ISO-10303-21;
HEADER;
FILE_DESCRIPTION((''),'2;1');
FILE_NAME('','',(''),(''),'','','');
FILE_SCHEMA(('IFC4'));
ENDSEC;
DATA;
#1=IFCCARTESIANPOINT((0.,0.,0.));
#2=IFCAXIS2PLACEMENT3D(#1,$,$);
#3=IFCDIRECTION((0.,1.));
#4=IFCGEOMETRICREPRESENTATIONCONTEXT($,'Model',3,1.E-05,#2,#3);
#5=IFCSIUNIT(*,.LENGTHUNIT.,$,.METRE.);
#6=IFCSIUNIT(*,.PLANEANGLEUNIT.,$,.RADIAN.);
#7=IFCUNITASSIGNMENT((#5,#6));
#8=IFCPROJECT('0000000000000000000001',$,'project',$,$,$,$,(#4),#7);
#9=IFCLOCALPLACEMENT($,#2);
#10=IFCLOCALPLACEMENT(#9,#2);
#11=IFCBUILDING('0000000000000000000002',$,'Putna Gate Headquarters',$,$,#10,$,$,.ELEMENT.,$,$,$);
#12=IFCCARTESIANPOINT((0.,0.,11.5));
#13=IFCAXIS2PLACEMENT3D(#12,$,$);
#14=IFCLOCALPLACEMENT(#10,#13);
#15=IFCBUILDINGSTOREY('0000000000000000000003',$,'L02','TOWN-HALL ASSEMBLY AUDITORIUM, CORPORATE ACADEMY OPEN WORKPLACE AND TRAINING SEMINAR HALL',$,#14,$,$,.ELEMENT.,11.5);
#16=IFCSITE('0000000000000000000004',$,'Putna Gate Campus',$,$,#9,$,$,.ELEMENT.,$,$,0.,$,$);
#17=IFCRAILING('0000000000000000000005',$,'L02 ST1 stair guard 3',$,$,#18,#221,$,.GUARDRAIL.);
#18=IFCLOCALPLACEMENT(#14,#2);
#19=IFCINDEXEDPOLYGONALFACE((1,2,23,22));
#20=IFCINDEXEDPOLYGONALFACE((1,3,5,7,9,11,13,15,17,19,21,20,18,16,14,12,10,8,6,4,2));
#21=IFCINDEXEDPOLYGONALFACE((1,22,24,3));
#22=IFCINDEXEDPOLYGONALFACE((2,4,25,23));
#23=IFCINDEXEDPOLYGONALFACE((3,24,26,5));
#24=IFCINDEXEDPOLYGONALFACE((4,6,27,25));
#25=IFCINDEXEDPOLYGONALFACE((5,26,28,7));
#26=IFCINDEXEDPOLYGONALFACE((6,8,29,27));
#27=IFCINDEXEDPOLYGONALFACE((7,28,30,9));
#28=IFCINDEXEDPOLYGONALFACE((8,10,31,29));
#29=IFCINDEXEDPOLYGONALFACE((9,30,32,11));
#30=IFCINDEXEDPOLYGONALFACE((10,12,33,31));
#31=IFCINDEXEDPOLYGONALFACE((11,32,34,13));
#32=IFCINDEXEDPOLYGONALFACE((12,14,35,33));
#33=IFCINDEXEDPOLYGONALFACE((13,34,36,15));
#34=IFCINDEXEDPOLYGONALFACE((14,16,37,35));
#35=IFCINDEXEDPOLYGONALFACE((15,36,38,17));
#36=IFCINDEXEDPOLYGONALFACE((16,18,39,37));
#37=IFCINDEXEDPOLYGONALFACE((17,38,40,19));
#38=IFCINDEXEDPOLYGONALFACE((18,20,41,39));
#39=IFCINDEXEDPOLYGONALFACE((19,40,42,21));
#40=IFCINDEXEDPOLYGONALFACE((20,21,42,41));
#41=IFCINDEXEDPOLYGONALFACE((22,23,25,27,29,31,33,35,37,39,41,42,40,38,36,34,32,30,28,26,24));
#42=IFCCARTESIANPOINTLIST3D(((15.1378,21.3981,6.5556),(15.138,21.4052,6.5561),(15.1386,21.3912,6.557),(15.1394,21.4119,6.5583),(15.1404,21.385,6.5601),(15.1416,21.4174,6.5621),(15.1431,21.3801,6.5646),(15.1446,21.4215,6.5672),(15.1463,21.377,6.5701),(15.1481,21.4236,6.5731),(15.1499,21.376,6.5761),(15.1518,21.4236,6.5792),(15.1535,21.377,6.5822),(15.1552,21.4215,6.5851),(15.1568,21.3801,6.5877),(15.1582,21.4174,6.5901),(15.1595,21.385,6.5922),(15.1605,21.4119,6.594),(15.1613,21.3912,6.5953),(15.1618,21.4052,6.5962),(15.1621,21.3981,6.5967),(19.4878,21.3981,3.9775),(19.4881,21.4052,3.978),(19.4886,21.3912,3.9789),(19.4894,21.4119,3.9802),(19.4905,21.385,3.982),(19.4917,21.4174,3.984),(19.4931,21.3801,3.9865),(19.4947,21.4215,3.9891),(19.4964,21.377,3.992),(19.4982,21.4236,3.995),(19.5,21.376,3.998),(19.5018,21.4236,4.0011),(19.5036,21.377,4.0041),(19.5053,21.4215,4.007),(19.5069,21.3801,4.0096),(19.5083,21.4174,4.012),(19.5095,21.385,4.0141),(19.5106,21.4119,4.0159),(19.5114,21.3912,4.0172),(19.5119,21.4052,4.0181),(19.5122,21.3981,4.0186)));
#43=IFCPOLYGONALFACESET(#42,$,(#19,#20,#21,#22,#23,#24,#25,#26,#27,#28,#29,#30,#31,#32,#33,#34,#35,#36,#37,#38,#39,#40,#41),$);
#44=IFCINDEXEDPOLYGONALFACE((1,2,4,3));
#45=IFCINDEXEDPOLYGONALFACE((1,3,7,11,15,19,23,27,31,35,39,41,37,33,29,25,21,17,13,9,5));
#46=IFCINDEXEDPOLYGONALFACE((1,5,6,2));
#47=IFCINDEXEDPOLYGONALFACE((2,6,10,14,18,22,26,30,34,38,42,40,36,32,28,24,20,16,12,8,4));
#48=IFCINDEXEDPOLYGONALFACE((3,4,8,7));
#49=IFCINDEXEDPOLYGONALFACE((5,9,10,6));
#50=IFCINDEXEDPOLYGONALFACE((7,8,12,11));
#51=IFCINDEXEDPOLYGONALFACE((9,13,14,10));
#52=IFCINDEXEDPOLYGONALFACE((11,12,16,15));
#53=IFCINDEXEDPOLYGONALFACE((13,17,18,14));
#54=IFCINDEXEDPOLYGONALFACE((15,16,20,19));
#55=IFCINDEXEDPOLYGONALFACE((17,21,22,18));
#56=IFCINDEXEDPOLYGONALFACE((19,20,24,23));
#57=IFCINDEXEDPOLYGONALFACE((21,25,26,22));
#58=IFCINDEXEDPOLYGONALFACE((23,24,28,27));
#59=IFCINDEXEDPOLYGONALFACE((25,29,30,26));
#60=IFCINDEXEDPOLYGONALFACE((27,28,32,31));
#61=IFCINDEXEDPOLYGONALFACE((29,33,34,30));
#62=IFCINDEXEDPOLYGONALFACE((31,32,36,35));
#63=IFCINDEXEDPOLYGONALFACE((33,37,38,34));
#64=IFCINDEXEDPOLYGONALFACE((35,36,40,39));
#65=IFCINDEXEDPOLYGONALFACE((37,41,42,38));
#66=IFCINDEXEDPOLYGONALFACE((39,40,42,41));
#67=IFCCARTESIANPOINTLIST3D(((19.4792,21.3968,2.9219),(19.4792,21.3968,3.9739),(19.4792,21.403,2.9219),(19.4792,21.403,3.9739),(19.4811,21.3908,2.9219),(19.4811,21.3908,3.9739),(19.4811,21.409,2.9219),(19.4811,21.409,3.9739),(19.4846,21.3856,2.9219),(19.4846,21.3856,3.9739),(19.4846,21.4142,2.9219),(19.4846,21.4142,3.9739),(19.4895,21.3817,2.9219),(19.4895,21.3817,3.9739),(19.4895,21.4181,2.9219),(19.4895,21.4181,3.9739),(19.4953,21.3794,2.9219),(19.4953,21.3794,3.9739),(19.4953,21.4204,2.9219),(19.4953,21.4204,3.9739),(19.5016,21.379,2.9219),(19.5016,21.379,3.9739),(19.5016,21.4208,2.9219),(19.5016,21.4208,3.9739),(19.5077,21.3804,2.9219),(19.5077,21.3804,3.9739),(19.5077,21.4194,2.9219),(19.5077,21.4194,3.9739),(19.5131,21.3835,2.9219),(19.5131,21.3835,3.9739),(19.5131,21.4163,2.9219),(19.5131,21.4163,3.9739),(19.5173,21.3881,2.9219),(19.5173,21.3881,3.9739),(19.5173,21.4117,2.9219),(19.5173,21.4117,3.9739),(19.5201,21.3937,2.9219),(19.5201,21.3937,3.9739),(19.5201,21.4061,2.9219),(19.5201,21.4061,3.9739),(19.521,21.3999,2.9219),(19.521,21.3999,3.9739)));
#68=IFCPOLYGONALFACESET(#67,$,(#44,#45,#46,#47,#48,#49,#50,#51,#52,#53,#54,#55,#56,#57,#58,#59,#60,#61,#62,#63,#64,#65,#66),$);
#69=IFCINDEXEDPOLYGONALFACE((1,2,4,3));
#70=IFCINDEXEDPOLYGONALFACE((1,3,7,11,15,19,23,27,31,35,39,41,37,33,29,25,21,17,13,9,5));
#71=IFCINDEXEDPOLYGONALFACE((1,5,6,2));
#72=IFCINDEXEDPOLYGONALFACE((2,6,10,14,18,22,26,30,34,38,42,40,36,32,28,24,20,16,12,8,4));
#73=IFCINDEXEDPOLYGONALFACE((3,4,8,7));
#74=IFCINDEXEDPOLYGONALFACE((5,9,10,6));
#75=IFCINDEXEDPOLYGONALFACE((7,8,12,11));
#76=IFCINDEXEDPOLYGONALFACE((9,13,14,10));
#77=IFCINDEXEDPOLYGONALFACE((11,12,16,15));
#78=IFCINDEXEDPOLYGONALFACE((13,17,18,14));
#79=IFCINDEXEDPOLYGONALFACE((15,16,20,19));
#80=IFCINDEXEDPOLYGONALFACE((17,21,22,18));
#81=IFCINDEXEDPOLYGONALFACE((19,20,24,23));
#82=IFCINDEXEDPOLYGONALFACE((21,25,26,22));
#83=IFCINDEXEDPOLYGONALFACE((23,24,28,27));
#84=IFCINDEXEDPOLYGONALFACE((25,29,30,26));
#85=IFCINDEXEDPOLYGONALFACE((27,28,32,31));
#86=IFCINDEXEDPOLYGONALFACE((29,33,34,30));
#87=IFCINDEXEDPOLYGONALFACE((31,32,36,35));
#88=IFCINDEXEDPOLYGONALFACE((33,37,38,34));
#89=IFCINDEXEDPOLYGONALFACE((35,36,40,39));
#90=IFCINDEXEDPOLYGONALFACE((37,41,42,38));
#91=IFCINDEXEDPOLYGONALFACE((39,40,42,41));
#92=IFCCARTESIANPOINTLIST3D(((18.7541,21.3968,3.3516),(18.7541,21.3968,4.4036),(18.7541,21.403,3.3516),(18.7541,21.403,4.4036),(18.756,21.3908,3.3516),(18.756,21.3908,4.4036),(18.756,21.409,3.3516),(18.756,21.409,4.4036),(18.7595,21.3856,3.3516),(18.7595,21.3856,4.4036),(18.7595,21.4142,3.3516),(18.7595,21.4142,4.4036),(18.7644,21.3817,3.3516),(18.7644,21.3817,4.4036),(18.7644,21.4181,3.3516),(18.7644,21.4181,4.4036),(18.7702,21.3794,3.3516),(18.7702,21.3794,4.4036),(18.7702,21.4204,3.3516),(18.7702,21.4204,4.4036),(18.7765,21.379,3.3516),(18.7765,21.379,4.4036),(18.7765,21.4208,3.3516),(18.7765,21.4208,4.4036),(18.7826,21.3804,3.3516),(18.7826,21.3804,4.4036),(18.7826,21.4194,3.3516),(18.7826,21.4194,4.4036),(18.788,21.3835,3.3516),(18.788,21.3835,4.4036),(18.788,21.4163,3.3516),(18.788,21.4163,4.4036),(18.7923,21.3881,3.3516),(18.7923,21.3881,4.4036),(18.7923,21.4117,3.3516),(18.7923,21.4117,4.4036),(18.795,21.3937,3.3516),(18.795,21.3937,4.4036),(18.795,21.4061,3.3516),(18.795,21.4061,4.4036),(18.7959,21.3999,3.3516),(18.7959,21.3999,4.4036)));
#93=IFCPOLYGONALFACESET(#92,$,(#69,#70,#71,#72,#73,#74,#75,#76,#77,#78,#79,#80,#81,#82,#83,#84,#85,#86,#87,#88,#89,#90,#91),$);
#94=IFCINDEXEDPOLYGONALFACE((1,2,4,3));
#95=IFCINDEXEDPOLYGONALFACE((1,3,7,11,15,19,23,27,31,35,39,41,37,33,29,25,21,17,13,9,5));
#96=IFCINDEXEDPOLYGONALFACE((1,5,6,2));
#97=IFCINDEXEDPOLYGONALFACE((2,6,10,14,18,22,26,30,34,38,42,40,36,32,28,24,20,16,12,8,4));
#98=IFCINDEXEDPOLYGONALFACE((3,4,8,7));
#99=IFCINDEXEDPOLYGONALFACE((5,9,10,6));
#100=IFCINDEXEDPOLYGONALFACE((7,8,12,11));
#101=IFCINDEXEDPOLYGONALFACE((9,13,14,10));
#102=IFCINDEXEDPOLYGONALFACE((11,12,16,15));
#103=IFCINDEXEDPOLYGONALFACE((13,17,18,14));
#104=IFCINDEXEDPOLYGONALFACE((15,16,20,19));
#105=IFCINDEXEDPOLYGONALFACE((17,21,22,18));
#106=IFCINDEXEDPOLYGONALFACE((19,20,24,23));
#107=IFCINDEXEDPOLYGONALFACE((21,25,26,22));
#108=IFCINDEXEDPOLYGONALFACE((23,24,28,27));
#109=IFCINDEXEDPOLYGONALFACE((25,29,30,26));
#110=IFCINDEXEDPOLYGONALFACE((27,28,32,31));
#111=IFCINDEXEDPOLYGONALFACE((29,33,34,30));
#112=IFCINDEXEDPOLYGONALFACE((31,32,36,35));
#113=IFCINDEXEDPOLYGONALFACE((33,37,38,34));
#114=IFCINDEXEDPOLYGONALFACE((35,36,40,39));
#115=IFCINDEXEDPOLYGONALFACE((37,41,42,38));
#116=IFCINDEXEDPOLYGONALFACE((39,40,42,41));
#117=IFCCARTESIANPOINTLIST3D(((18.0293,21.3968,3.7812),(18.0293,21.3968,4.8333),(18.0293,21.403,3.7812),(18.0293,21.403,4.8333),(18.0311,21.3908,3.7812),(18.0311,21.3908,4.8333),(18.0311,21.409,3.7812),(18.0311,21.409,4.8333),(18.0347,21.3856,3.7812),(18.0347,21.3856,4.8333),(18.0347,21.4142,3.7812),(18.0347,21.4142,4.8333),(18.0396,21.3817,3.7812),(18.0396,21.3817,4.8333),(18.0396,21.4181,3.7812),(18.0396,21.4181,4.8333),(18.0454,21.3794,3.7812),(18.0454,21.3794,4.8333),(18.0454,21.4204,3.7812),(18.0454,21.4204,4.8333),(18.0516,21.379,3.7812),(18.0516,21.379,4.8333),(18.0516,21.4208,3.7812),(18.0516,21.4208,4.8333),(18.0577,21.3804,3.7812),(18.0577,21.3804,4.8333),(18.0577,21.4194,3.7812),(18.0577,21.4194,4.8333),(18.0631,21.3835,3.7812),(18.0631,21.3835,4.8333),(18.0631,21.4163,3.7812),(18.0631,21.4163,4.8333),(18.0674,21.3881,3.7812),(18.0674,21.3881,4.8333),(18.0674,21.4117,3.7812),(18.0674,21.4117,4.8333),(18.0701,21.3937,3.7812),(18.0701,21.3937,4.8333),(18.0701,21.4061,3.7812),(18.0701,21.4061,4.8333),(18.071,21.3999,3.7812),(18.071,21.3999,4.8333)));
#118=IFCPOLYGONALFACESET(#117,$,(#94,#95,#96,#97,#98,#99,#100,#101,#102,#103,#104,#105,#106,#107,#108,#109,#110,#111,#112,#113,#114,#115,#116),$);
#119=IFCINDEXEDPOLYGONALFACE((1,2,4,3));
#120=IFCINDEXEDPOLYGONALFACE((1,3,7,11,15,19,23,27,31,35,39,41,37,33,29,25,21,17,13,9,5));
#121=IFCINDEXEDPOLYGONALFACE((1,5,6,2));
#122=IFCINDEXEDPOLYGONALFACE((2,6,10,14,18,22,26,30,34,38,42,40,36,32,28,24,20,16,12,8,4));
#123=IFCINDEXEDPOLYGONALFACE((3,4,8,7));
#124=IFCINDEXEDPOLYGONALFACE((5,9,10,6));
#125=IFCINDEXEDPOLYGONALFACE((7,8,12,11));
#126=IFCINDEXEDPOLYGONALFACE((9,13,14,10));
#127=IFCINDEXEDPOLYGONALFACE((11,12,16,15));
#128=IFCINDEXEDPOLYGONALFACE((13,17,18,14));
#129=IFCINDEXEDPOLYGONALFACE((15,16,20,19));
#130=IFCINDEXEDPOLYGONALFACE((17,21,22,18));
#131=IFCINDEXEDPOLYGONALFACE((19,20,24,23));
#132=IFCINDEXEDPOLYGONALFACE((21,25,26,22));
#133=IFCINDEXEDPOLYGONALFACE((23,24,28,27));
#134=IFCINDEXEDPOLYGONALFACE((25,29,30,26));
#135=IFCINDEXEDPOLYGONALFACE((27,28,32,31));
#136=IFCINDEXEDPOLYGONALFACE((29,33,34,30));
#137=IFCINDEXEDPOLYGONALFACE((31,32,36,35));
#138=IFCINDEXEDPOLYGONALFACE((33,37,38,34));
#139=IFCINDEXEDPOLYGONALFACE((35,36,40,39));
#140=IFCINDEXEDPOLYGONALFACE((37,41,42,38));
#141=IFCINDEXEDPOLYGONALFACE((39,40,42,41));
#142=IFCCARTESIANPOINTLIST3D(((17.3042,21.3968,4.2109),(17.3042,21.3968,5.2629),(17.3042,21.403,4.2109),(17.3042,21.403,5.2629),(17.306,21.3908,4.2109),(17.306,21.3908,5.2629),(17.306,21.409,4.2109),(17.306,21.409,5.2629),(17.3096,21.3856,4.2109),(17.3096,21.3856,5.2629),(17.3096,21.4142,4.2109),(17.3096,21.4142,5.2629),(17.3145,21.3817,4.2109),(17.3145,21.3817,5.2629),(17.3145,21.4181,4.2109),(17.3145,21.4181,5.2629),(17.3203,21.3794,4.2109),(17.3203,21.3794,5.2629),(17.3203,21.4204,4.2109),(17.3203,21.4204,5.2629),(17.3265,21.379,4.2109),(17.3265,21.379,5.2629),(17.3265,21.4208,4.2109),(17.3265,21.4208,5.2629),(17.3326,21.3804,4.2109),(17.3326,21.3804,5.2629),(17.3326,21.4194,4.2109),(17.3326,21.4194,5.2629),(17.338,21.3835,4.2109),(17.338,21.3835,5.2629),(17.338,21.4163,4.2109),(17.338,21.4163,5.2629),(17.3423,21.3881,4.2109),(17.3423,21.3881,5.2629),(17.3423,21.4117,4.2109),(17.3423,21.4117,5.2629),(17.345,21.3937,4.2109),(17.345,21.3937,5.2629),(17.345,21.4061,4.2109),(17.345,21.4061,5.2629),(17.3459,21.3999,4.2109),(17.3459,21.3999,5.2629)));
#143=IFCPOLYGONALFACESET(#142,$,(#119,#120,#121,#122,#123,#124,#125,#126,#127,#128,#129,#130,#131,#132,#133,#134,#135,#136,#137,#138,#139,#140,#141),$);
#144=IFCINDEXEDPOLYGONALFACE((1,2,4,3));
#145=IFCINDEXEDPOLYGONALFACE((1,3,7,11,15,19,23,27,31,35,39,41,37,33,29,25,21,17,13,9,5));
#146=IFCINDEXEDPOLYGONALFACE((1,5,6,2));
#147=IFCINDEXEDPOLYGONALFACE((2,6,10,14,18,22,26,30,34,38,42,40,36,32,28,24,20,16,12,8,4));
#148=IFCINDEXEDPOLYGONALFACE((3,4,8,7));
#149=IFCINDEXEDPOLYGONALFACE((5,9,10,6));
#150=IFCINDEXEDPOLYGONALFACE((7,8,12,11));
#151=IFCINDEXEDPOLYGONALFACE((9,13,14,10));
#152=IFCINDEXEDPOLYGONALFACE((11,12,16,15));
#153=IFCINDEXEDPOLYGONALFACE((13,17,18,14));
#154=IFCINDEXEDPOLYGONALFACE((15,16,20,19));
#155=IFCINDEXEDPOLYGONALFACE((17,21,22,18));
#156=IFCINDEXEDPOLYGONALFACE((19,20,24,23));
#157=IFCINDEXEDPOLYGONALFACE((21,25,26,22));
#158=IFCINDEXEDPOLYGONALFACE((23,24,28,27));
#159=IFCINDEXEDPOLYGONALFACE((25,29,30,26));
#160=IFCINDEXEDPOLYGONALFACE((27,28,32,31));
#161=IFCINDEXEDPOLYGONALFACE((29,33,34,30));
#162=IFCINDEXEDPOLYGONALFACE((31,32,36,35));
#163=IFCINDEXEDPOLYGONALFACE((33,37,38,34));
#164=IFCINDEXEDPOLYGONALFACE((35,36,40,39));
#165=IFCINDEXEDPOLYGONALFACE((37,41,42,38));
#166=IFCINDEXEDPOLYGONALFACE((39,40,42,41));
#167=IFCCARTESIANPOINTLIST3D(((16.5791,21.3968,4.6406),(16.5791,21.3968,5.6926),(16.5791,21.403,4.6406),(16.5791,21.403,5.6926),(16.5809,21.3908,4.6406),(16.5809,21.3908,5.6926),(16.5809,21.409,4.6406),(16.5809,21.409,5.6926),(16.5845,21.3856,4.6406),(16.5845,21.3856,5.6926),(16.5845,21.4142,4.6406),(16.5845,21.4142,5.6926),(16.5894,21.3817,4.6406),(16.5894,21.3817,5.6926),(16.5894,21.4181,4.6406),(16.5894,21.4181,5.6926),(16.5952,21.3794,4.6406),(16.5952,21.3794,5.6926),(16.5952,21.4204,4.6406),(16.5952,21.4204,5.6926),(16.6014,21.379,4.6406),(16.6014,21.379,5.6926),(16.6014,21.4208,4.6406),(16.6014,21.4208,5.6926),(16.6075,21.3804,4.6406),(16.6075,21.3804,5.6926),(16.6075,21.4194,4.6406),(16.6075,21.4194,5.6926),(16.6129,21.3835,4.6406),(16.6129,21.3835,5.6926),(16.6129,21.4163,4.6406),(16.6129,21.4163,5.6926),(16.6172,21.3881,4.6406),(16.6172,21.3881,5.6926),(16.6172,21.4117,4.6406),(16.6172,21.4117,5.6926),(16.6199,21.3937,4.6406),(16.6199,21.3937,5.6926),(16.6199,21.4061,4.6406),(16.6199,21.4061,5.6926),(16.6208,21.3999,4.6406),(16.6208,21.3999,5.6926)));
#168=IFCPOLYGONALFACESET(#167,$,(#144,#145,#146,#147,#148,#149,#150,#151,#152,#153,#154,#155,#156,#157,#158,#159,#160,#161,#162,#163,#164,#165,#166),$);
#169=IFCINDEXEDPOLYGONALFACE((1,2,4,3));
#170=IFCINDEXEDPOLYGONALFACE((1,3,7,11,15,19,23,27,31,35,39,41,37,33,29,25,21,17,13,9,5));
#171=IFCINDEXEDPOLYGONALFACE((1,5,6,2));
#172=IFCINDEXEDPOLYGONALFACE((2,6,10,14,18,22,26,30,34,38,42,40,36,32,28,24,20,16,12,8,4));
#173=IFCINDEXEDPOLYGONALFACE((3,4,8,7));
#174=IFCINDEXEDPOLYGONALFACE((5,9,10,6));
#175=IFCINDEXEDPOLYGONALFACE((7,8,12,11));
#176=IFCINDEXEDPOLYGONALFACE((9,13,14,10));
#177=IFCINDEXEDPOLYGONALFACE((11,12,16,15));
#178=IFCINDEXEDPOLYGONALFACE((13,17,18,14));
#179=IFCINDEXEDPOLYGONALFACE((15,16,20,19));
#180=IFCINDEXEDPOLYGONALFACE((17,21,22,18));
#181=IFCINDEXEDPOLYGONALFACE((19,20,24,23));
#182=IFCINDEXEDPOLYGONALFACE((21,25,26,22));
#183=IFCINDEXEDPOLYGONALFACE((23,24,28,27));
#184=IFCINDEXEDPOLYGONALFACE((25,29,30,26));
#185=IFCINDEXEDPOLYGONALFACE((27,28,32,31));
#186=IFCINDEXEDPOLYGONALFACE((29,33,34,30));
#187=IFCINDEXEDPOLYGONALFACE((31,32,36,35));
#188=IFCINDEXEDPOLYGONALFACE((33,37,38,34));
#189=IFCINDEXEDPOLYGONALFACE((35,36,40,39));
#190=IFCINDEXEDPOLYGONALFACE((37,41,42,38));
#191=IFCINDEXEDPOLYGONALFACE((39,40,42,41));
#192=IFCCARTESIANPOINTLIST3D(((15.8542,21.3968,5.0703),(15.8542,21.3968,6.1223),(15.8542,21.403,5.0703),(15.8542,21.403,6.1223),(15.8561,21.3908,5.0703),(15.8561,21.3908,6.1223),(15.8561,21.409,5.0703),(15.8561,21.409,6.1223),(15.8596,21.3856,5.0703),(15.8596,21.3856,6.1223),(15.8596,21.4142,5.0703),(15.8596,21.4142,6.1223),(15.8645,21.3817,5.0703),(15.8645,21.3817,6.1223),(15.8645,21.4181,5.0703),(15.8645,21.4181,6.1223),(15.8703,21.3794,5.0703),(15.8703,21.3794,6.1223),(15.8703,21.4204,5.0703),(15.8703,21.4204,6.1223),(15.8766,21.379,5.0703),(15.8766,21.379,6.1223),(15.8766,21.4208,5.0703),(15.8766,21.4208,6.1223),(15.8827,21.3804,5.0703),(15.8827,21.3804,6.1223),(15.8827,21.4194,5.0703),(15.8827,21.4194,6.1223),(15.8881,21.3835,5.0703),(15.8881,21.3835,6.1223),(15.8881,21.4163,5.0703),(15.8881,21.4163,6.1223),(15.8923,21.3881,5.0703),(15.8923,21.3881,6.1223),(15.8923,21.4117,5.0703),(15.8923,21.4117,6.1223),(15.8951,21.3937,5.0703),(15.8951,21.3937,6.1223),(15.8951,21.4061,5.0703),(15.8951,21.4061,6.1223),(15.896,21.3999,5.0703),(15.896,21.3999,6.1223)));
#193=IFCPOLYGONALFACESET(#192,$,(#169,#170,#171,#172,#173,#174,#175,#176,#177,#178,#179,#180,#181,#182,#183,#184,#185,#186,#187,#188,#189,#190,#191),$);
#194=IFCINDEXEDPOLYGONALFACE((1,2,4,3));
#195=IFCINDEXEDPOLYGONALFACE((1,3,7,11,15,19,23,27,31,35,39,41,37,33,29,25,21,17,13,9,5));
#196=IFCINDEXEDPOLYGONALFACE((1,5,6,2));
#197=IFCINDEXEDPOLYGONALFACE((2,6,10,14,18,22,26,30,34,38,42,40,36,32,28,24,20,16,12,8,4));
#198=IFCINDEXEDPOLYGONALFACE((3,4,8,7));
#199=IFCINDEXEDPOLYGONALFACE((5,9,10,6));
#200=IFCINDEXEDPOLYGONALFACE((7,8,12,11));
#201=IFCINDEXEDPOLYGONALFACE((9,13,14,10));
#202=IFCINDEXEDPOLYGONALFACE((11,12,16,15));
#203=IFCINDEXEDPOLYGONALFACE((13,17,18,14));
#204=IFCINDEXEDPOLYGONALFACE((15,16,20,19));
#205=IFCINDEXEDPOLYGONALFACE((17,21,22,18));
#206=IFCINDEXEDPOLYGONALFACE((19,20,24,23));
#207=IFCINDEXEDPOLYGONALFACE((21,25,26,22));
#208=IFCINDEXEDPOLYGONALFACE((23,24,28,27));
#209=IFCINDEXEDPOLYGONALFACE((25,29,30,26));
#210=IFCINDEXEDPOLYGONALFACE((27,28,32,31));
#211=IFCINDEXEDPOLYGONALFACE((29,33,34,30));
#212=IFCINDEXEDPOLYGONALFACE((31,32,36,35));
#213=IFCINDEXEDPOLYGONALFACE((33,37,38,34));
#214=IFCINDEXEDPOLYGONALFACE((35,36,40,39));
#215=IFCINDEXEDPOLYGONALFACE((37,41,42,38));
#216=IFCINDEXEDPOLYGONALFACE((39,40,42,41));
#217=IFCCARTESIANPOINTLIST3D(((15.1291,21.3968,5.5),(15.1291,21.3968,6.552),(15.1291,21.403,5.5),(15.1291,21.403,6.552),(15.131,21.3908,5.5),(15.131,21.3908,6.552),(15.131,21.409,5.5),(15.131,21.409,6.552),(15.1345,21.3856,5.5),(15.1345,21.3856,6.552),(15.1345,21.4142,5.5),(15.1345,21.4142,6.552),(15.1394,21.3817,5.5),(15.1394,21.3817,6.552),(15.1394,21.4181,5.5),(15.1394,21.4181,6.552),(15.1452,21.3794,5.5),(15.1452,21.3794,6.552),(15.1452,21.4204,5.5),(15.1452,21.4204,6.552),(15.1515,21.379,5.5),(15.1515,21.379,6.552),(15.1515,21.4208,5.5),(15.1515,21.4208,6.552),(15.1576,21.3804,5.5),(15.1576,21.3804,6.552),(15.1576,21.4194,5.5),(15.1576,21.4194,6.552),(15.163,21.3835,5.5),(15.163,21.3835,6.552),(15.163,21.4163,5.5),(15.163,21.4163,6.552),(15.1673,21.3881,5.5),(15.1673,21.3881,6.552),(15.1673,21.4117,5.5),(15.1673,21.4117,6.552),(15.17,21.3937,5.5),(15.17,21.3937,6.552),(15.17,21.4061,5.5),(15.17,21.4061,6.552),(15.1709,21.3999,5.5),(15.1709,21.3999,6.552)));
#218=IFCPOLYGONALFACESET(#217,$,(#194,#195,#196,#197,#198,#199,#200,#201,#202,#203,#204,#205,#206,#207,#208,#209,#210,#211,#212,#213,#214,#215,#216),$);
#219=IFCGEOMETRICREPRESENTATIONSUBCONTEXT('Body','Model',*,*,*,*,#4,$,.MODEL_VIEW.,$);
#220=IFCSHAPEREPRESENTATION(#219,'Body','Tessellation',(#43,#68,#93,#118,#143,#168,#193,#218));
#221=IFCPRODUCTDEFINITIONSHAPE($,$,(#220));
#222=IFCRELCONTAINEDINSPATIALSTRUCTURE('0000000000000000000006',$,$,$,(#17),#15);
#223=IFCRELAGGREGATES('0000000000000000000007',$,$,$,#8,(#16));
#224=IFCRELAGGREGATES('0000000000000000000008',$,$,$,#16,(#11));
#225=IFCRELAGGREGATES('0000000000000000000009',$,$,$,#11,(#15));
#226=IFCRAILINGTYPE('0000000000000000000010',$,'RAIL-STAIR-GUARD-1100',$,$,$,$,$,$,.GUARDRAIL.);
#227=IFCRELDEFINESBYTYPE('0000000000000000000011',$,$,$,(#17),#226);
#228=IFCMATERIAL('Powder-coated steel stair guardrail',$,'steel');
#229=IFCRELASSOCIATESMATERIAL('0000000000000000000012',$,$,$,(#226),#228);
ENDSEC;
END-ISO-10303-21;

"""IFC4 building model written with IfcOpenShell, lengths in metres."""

from ifc_helpers import new_model, si_unit, direction, frame, origin, origin_2d, place, context, subcontext, project, spatial, circle, extrude, material, type_object, element, save


model = new_model("IFC4")

# Units and contexts
model_context = context("Model", 3, precision=1e-05, world=origin(), true_north=direction((0.0, 1.0)))
body_context = subcontext(model_context, "Body", "Model", "MODEL_VIEW")
ifc_project = project(units=[si_unit("LENGTHUNIT", "METRE"), si_unit("PLANEANGLEUNIT", "RADIAN")], contexts=[model_context])

# Site, building, storey
site_placement = place(None, origin())
site = spatial("IfcSite", under=ifc_project, at=site_placement, Name="Putna Gate Campus", CompositionType="ELEMENT", RefElevation=0.0)
building_placement = place(site_placement, origin())
building = spatial("IfcBuilding", under=site, at=building_placement, Name="Putna Gate Headquarters", CompositionType="ELEMENT")
storey_placement = place(building_placement, frame((0.0, 0.0, 11.5)))
storey = spatial("IfcBuildingStorey", under=building, at=storey_placement, Name="L02", Description="TOWN-HALL ASSEMBLY AUDITORIUM, CORPORATE ACADEMY OPEN WORKPLACE AND TRAINING SEMINAR HALL", CompositionType="ELEMENT", Elevation=11.5)

# Railing
ifc_material_1 = material(Name="Powder-coated steel stair guardrail", Category="steel")
railing_type_1 = type_object("IfcRailingType", Name="RAIL-STAIR-GUARD-1100", PredefinedType="GUARDRAIL", material=ifc_material_1)
railing_1_placement = place(storey_placement, frame((19.5, 21.3999, 2.9219)))
element("IfcRailing", 1, at=railing_1_placement, inside=storey, type_object=railing_type_1, Name="L02 ST1 stair guard 3", PredefinedType="GUARDRAIL", context=body_context, shape_type="SweptSolid", body=[
    extrude(circle(Radius=0.0239, at=origin_2d()), frame((0.0, 0.0, 1.0762), z_axis=(-0.860266, 0.0, 0.509845), x_axis=(0.0, -1.0, 0.0)), (0.0, 0.0, 1.0), 5.0566),
    extrude(circle(Radius=0.021, at=origin_2d()), origin(), (0.0, 0.0, 1.0), 1.052),
    extrude(circle(Radius=0.021, at=origin_2d()), frame((-0.7251, 0.0, 0.4297)), (0.0, 0.0, 1.0), 1.052),
    extrude(circle(Radius=0.021, at=origin_2d()), frame((-1.45, 0.0, 0.8594)), (0.0, 0.0, 1.0), 1.052),
    extrude(circle(Radius=0.021, at=origin_2d()), frame((-2.175, 0.0, 1.2891)), (0.0, 0.0, 1.0), 1.052),
    extrude(circle(Radius=0.021, at=origin_2d()), frame((-2.9001, 0.0, 1.7188)), (0.0, 0.0, 1.0), 1.052),
    extrude(circle(Radius=0.021, at=origin_2d()), frame((-3.625, 0.0, 2.1484)), (0.0, 0.0, 1.0), 1.052),
    extrude(circle(Radius=0.021, at=origin_2d()), frame((-4.3501, 0.0, 2.5781)), (0.0, 0.0, 1.0), 1.052),
])

save(model, "model.ifc")
